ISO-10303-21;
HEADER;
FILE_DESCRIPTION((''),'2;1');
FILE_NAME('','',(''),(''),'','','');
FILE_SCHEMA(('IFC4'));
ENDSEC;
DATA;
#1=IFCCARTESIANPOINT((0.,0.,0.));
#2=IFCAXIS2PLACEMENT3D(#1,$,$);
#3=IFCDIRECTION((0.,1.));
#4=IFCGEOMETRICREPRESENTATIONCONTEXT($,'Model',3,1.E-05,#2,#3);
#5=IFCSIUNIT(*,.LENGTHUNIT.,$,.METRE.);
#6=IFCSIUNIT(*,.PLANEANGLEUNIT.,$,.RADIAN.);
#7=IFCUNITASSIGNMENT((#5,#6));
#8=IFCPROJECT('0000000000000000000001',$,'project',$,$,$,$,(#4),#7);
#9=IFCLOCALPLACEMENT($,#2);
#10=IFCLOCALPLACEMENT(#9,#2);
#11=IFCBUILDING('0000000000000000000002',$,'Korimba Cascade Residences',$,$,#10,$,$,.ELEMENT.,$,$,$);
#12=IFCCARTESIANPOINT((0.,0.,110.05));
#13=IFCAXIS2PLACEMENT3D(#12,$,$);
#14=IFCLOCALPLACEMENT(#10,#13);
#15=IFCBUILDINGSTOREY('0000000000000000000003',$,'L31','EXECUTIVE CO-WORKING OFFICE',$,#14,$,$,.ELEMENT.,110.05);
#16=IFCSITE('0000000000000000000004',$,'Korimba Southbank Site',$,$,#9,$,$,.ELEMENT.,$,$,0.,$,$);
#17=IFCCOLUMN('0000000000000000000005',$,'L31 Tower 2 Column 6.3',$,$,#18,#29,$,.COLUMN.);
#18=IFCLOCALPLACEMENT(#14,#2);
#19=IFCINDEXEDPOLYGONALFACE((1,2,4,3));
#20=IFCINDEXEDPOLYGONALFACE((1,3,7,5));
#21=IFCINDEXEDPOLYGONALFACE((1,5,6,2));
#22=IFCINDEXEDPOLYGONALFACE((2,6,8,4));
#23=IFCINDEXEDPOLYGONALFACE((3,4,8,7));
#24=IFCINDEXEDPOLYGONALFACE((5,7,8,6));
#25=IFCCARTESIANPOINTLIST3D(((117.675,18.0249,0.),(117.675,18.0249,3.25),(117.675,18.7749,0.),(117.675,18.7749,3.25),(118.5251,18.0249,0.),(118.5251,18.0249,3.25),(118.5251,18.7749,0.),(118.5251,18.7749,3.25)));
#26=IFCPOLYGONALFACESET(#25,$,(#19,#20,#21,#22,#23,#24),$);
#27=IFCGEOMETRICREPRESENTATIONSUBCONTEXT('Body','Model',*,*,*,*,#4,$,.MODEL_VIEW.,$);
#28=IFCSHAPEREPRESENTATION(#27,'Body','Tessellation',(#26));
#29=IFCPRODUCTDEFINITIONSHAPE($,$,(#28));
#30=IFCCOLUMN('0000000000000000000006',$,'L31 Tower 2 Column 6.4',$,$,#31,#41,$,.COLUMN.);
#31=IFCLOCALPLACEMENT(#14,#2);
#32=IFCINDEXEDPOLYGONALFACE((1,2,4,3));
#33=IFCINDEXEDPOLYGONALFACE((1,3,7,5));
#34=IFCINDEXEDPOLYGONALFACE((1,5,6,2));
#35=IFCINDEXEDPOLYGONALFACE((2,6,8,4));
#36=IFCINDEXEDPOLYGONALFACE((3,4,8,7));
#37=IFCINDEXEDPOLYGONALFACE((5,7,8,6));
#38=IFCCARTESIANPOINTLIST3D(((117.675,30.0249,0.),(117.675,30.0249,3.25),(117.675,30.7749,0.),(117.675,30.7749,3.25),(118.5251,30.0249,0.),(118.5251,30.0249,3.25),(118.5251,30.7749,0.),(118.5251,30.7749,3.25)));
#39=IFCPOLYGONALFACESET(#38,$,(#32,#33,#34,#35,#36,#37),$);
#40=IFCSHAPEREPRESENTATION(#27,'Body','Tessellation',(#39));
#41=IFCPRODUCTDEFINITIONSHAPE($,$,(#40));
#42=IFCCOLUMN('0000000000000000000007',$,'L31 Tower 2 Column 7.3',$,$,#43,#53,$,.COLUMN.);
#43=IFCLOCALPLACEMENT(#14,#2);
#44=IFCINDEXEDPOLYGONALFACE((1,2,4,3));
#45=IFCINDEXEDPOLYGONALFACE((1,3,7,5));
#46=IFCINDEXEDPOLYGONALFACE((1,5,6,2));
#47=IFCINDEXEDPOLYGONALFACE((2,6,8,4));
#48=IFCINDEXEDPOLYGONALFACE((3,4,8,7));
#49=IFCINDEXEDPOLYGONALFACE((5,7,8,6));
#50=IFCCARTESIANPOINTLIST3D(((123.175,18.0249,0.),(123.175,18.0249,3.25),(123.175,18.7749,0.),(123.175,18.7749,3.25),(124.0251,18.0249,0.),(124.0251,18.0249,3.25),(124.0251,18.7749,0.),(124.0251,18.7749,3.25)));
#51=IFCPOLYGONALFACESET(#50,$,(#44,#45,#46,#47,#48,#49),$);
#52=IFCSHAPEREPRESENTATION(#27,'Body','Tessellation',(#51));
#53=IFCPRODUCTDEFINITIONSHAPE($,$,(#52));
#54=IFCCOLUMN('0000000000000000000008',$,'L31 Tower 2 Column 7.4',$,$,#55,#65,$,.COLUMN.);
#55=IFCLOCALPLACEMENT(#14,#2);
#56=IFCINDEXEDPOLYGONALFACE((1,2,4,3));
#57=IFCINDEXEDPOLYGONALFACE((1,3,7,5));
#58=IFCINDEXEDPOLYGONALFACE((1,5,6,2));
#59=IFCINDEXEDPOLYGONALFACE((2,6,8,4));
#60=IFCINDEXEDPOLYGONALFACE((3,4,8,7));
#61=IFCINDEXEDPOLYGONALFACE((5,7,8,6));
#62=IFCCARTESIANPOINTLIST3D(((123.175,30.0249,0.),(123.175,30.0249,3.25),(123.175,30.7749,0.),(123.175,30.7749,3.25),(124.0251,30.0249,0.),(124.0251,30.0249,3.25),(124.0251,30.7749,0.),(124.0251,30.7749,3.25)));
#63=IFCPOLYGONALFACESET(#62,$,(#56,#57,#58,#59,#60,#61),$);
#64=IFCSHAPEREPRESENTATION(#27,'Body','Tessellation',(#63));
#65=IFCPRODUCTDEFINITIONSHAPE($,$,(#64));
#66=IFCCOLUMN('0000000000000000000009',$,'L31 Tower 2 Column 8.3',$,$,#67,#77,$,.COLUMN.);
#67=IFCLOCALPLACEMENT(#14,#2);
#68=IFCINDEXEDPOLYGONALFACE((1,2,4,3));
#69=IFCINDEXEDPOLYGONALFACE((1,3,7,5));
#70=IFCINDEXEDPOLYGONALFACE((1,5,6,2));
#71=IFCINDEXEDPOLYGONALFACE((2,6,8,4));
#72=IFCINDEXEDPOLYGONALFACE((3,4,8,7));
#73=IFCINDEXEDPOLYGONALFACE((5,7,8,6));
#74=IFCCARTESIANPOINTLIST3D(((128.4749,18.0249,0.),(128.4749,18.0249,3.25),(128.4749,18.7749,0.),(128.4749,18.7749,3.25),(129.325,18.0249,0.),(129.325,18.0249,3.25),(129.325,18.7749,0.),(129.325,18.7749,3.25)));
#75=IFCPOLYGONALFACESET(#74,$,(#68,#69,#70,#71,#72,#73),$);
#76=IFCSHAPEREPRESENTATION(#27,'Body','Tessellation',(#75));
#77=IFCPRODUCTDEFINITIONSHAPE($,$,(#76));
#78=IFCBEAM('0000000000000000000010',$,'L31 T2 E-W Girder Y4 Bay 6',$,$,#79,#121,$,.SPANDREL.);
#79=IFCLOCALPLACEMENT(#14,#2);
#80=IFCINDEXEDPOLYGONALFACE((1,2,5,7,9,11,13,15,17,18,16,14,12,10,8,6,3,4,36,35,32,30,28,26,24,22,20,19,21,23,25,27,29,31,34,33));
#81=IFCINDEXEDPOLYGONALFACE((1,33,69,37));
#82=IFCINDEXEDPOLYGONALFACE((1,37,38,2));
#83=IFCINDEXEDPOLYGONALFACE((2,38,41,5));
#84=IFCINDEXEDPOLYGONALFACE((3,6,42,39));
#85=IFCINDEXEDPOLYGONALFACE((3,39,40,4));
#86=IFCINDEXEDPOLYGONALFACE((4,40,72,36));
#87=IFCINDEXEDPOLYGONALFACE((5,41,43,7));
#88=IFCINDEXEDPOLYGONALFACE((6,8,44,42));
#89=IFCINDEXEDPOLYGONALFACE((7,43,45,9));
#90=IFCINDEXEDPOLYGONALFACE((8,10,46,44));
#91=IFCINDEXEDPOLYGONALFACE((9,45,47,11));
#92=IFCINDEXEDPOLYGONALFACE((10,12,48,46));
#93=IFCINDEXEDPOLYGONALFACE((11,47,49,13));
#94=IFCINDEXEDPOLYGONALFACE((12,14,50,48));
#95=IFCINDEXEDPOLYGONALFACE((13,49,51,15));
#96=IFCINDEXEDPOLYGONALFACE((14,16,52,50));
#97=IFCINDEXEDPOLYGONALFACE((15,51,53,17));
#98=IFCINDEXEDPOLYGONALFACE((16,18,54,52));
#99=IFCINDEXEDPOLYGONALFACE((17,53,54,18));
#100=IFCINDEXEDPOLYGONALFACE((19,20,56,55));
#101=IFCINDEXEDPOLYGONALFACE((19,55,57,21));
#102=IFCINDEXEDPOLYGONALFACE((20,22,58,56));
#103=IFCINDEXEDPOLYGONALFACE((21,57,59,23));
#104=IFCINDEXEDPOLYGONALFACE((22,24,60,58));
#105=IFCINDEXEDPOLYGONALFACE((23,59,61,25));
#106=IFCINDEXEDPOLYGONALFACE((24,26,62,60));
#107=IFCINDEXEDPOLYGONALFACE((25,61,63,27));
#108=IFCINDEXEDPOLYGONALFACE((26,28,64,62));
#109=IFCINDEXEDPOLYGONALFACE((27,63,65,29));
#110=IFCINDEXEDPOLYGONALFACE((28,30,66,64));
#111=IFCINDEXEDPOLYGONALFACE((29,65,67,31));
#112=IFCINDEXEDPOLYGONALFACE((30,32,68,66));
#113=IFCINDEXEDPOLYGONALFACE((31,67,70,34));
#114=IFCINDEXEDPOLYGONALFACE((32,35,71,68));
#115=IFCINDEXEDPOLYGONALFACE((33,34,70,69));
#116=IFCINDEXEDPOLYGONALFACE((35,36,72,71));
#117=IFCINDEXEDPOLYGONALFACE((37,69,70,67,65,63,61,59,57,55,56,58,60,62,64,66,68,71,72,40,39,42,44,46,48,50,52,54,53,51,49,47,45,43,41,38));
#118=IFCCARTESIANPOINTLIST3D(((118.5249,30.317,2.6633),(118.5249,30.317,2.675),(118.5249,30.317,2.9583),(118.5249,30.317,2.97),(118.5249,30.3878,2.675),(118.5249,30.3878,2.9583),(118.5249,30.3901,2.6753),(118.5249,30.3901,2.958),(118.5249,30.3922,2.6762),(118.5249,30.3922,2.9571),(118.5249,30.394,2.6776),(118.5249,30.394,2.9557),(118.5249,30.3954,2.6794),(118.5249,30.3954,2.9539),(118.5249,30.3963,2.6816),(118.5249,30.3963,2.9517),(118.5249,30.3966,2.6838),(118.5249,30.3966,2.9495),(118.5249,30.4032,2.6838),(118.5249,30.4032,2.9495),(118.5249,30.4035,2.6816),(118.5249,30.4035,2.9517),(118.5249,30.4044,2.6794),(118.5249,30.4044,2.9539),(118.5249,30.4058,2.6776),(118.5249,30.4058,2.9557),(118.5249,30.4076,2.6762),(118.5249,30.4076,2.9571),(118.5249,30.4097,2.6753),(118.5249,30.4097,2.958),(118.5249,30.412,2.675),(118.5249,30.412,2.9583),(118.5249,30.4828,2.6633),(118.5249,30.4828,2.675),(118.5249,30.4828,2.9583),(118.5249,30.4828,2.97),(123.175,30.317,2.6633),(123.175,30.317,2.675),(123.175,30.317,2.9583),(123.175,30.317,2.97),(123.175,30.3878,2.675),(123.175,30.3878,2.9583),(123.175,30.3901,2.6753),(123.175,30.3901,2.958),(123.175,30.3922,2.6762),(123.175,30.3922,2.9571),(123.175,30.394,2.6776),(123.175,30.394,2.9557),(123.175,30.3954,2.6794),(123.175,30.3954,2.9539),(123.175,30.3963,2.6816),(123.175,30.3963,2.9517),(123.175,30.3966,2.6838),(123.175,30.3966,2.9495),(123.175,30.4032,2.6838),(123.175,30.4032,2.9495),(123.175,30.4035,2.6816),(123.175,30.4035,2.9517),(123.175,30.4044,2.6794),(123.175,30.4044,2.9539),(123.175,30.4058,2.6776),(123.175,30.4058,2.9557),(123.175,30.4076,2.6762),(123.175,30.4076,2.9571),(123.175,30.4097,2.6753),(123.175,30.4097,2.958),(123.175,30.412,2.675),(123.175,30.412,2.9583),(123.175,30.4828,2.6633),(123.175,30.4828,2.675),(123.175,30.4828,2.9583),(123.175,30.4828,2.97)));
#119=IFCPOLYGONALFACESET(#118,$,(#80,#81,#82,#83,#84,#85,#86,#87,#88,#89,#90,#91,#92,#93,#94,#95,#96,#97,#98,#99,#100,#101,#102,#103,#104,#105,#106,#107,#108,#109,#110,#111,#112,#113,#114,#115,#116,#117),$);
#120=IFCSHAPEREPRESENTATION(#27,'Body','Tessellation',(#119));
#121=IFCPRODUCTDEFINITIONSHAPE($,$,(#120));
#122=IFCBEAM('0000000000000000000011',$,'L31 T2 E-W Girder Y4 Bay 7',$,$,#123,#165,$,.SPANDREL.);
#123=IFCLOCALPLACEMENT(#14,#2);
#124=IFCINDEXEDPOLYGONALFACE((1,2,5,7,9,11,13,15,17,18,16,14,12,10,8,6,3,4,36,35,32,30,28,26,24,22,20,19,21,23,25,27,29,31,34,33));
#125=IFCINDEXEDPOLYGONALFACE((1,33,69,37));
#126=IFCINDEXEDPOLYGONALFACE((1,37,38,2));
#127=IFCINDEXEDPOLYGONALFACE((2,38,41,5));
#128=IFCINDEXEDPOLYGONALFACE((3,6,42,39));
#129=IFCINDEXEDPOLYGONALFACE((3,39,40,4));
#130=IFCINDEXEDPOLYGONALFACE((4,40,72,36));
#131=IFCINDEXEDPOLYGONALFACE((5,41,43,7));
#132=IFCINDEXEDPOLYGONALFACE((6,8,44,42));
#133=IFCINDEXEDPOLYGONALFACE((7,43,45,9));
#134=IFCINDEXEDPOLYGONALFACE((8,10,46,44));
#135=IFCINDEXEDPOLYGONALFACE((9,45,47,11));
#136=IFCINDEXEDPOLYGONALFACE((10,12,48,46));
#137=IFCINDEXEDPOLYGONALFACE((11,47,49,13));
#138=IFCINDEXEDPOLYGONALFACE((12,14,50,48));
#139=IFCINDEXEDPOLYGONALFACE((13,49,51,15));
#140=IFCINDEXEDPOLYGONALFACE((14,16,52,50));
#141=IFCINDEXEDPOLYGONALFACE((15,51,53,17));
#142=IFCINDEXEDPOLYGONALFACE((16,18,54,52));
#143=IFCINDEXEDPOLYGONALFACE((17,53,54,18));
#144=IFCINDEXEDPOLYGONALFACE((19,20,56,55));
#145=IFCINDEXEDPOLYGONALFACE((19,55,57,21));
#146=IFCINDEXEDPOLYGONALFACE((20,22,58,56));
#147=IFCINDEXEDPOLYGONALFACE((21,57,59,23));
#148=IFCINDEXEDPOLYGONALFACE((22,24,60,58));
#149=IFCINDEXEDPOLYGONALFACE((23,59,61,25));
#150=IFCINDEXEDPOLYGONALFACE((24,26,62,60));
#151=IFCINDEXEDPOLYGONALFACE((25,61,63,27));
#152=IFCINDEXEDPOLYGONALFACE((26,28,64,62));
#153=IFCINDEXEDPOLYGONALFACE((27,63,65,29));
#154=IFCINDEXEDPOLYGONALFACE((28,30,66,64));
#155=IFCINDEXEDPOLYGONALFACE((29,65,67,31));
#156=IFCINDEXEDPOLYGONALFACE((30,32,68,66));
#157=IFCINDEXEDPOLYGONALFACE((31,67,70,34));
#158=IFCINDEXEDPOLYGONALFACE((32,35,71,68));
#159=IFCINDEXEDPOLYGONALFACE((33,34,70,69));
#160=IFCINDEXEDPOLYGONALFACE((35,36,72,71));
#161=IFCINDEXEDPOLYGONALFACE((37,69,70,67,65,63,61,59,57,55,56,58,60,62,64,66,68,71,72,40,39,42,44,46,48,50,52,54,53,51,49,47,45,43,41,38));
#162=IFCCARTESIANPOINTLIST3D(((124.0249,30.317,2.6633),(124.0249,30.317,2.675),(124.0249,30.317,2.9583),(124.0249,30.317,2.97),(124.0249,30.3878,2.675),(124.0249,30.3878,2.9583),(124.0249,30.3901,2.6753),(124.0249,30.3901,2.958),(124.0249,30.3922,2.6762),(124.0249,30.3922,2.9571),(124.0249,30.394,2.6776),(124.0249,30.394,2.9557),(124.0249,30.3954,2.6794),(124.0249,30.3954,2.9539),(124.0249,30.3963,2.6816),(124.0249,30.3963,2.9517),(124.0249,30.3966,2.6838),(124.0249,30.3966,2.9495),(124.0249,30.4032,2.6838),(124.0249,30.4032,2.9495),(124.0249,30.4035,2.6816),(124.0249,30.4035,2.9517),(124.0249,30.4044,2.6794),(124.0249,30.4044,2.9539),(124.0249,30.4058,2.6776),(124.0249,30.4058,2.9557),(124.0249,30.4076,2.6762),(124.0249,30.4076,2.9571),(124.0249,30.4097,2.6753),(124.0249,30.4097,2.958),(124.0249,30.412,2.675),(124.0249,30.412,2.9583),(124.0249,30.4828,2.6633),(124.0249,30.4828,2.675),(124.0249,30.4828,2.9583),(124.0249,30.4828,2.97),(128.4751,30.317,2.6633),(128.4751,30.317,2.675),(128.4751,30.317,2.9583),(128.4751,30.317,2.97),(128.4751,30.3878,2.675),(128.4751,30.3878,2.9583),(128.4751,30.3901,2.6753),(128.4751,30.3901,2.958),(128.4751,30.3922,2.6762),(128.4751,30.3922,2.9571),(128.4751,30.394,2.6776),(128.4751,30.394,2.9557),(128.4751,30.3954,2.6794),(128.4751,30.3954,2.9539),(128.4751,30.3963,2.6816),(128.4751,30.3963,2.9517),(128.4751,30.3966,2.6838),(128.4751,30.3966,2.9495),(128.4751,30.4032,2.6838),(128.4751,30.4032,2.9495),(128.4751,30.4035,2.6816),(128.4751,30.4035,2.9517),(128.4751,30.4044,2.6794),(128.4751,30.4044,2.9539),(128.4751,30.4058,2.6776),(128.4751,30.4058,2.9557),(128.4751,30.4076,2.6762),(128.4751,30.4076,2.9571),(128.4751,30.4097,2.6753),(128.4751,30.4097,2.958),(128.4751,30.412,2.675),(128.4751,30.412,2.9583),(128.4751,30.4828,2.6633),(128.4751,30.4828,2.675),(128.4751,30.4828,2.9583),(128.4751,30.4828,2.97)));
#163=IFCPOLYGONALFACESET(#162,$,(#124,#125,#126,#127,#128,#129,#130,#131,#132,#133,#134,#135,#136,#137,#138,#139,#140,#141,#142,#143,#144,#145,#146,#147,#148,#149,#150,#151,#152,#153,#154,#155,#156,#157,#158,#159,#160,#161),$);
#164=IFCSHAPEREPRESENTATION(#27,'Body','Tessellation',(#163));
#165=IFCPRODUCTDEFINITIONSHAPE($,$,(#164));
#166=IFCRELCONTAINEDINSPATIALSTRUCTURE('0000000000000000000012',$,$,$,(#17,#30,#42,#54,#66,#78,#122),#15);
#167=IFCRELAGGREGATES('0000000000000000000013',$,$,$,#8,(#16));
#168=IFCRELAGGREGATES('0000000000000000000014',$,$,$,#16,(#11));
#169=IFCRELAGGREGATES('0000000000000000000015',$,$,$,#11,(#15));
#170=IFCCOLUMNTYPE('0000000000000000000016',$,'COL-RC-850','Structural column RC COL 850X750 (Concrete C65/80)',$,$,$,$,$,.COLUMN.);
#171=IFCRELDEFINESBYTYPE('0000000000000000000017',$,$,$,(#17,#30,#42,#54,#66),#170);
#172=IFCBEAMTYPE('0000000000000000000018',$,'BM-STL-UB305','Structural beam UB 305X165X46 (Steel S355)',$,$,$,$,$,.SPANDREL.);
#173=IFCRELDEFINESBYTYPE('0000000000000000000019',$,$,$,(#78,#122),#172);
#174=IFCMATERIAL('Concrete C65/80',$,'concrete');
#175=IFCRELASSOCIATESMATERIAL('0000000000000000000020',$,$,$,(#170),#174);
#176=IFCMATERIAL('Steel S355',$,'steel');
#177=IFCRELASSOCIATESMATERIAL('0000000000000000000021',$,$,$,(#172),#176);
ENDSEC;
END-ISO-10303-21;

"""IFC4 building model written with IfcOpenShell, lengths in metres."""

from ifc_helpers import new_model, si_unit, direction, frame, origin, origin_2d, place, context, subcontext, project, spatial, rectangle, i_section, extrude, material, material_profile, profile_set, type_object, element, save


model = new_model("IFC4")

# Units and contexts
model_context = context("Model", 3, precision=1e-05, world=origin(), true_north=direction((0.0, 1.0)))
body_context = subcontext(model_context, "Body", "Model", "MODEL_VIEW")
ifc_project = project(units=[si_unit("LENGTHUNIT", "METRE"), si_unit("PLANEANGLEUNIT", "RADIAN")], contexts=[model_context])

# Site, building, storey
site_placement = place(None, origin())
site = spatial("IfcSite", under=ifc_project, at=site_placement, Name="Korimba Southbank Site", CompositionType="ELEMENT", RefElevation=0.0)
building_placement = place(site_placement, origin())
building = spatial("IfcBuilding", under=site, at=building_placement, Name="Korimba Cascade Residences", CompositionType="ELEMENT")
storey_placement = place(building_placement, frame((0.0, 0.0, 110.05)))
storey = spatial("IfcBuildingStorey", under=building, at=storey_placement, Name="L31", Description="EXECUTIVE CO-WORKING OFFICE", CompositionType="ELEMENT", Elevation=110.05)

# Columns
ifc_material_1 = material(Name="Concrete C65/80", Category="concrete")
ifc_material_profile_1 = material_profile(ifc_material_1, rectangle(XDim=0.8501, YDim=0.75, at=origin_2d()), Name="Concrete C65/80")
ifc_profile_set_1 = profile_set([ifc_material_profile_1], Name="Concrete C65/80")
column_type = type_object("IfcColumnType", Name="COL-RC-850", Description="Structural column RC COL 850X750 (Concrete C65/80)", PredefinedType="COLUMN", material=ifc_profile_set_1)
for number, where, z_axis, x_axis, name in (
    (1, (118.1001, 18.3999, 0.0), (0.0, 0.0, 1.0), (1.0, 0.0, 0.0), "L31 Tower 2 Column 6.3"),
    (2, (118.1001, 30.3999, 0.0), (0.0, 0.0, 1.0), (1.0, 0.0, 0.0), "L31 Tower 2 Column 6.4"),
    (3, (123.6001, 18.3999, 0.0), (0.0, 0.0, 1.0), (1.0, 0.0, 0.0), "L31 Tower 2 Column 7.3"),
    (4, (123.6001, 30.3999, 0.0), (0.0, 0.0, 1.0), (1.0, 0.0, 0.0), "L31 Tower 2 Column 7.4"),
    (5, (128.8999, 18.3999, 0.0), (0.0, 0.0, 1.0), (1.0, 0.0, 0.0), "L31 Tower 2 Column 8.3"),
):
    element("IfcColumn", number, at=place(storey_placement, frame(where, z_axis=z_axis, x_axis=x_axis)), inside=storey, type_object=column_type, Name=name, PredefinedType="COLUMN", context=body_context, shape_type="SweptSolid", body=[
        extrude(rectangle(XDim=0.8501, YDim=0.75, at=origin_2d()), origin(), (0.0, 0.0, 1.0), 3.25),
    ])

# Beams
ifc_material_2 = material(Name="Steel S355", Category="steel")
ifc_material_profile_2 = material_profile(ifc_material_2, i_section(OverallWidth=0.1658, OverallDepth=0.3066, WebThickness=0.0066, FlangeThickness=0.0117, FilletRadius=0.0088, at=origin_2d()), Name="Steel S355")
ifc_profile_set_2 = profile_set([ifc_material_profile_2], Name="Steel S355")
beam_type_1 = type_object("IfcBeamType", Name="BM-STL-UB305", Description="Structural beam UB 305X165X46 (Steel S355)", PredefinedType="SPANDREL", material=ifc_profile_set_2)
beam_1_placement = place(storey_placement, frame((118.5249, 30.3999, 2.8167), z_axis=(1.0, 0.0, 0.0), x_axis=(0.0, 1.0, 0.0)))
element("IfcBeam", 6, at=beam_1_placement, inside=storey, type_object=beam_type_1, Name="L31 T2 E-W Girder Y4 Bay 6", PredefinedType="SPANDREL", context=body_context, shape_type="SweptSolid", body=[
    extrude(i_section(OverallWidth=0.1658, OverallDepth=0.3066, WebThickness=0.0066, FlangeThickness=0.0117, FilletRadius=0.0088, at=origin_2d()), origin(), (0.0, 0.0, 1.0), 4.6501),
])
beam_2_placement = place(storey_placement, frame((124.0249, 30.3999, 2.8167), z_axis=(1.0, 0.0, 0.0), x_axis=(0.0, 1.0, 0.0)))
element("IfcBeam", 7, at=beam_2_placement, inside=storey, type_object=beam_type_1, Name="L31 T2 E-W Girder Y4 Bay 7", PredefinedType="SPANDREL", context=body_context, shape_type="SweptSolid", body=[
    extrude(i_section(OverallWidth=0.1658, OverallDepth=0.3066, WebThickness=0.0066, FlangeThickness=0.0117, FilletRadius=0.0088, at=origin_2d()), origin(), (0.0, 0.0, 1.0), 4.4502),
])

save(model, "model.ifc")
